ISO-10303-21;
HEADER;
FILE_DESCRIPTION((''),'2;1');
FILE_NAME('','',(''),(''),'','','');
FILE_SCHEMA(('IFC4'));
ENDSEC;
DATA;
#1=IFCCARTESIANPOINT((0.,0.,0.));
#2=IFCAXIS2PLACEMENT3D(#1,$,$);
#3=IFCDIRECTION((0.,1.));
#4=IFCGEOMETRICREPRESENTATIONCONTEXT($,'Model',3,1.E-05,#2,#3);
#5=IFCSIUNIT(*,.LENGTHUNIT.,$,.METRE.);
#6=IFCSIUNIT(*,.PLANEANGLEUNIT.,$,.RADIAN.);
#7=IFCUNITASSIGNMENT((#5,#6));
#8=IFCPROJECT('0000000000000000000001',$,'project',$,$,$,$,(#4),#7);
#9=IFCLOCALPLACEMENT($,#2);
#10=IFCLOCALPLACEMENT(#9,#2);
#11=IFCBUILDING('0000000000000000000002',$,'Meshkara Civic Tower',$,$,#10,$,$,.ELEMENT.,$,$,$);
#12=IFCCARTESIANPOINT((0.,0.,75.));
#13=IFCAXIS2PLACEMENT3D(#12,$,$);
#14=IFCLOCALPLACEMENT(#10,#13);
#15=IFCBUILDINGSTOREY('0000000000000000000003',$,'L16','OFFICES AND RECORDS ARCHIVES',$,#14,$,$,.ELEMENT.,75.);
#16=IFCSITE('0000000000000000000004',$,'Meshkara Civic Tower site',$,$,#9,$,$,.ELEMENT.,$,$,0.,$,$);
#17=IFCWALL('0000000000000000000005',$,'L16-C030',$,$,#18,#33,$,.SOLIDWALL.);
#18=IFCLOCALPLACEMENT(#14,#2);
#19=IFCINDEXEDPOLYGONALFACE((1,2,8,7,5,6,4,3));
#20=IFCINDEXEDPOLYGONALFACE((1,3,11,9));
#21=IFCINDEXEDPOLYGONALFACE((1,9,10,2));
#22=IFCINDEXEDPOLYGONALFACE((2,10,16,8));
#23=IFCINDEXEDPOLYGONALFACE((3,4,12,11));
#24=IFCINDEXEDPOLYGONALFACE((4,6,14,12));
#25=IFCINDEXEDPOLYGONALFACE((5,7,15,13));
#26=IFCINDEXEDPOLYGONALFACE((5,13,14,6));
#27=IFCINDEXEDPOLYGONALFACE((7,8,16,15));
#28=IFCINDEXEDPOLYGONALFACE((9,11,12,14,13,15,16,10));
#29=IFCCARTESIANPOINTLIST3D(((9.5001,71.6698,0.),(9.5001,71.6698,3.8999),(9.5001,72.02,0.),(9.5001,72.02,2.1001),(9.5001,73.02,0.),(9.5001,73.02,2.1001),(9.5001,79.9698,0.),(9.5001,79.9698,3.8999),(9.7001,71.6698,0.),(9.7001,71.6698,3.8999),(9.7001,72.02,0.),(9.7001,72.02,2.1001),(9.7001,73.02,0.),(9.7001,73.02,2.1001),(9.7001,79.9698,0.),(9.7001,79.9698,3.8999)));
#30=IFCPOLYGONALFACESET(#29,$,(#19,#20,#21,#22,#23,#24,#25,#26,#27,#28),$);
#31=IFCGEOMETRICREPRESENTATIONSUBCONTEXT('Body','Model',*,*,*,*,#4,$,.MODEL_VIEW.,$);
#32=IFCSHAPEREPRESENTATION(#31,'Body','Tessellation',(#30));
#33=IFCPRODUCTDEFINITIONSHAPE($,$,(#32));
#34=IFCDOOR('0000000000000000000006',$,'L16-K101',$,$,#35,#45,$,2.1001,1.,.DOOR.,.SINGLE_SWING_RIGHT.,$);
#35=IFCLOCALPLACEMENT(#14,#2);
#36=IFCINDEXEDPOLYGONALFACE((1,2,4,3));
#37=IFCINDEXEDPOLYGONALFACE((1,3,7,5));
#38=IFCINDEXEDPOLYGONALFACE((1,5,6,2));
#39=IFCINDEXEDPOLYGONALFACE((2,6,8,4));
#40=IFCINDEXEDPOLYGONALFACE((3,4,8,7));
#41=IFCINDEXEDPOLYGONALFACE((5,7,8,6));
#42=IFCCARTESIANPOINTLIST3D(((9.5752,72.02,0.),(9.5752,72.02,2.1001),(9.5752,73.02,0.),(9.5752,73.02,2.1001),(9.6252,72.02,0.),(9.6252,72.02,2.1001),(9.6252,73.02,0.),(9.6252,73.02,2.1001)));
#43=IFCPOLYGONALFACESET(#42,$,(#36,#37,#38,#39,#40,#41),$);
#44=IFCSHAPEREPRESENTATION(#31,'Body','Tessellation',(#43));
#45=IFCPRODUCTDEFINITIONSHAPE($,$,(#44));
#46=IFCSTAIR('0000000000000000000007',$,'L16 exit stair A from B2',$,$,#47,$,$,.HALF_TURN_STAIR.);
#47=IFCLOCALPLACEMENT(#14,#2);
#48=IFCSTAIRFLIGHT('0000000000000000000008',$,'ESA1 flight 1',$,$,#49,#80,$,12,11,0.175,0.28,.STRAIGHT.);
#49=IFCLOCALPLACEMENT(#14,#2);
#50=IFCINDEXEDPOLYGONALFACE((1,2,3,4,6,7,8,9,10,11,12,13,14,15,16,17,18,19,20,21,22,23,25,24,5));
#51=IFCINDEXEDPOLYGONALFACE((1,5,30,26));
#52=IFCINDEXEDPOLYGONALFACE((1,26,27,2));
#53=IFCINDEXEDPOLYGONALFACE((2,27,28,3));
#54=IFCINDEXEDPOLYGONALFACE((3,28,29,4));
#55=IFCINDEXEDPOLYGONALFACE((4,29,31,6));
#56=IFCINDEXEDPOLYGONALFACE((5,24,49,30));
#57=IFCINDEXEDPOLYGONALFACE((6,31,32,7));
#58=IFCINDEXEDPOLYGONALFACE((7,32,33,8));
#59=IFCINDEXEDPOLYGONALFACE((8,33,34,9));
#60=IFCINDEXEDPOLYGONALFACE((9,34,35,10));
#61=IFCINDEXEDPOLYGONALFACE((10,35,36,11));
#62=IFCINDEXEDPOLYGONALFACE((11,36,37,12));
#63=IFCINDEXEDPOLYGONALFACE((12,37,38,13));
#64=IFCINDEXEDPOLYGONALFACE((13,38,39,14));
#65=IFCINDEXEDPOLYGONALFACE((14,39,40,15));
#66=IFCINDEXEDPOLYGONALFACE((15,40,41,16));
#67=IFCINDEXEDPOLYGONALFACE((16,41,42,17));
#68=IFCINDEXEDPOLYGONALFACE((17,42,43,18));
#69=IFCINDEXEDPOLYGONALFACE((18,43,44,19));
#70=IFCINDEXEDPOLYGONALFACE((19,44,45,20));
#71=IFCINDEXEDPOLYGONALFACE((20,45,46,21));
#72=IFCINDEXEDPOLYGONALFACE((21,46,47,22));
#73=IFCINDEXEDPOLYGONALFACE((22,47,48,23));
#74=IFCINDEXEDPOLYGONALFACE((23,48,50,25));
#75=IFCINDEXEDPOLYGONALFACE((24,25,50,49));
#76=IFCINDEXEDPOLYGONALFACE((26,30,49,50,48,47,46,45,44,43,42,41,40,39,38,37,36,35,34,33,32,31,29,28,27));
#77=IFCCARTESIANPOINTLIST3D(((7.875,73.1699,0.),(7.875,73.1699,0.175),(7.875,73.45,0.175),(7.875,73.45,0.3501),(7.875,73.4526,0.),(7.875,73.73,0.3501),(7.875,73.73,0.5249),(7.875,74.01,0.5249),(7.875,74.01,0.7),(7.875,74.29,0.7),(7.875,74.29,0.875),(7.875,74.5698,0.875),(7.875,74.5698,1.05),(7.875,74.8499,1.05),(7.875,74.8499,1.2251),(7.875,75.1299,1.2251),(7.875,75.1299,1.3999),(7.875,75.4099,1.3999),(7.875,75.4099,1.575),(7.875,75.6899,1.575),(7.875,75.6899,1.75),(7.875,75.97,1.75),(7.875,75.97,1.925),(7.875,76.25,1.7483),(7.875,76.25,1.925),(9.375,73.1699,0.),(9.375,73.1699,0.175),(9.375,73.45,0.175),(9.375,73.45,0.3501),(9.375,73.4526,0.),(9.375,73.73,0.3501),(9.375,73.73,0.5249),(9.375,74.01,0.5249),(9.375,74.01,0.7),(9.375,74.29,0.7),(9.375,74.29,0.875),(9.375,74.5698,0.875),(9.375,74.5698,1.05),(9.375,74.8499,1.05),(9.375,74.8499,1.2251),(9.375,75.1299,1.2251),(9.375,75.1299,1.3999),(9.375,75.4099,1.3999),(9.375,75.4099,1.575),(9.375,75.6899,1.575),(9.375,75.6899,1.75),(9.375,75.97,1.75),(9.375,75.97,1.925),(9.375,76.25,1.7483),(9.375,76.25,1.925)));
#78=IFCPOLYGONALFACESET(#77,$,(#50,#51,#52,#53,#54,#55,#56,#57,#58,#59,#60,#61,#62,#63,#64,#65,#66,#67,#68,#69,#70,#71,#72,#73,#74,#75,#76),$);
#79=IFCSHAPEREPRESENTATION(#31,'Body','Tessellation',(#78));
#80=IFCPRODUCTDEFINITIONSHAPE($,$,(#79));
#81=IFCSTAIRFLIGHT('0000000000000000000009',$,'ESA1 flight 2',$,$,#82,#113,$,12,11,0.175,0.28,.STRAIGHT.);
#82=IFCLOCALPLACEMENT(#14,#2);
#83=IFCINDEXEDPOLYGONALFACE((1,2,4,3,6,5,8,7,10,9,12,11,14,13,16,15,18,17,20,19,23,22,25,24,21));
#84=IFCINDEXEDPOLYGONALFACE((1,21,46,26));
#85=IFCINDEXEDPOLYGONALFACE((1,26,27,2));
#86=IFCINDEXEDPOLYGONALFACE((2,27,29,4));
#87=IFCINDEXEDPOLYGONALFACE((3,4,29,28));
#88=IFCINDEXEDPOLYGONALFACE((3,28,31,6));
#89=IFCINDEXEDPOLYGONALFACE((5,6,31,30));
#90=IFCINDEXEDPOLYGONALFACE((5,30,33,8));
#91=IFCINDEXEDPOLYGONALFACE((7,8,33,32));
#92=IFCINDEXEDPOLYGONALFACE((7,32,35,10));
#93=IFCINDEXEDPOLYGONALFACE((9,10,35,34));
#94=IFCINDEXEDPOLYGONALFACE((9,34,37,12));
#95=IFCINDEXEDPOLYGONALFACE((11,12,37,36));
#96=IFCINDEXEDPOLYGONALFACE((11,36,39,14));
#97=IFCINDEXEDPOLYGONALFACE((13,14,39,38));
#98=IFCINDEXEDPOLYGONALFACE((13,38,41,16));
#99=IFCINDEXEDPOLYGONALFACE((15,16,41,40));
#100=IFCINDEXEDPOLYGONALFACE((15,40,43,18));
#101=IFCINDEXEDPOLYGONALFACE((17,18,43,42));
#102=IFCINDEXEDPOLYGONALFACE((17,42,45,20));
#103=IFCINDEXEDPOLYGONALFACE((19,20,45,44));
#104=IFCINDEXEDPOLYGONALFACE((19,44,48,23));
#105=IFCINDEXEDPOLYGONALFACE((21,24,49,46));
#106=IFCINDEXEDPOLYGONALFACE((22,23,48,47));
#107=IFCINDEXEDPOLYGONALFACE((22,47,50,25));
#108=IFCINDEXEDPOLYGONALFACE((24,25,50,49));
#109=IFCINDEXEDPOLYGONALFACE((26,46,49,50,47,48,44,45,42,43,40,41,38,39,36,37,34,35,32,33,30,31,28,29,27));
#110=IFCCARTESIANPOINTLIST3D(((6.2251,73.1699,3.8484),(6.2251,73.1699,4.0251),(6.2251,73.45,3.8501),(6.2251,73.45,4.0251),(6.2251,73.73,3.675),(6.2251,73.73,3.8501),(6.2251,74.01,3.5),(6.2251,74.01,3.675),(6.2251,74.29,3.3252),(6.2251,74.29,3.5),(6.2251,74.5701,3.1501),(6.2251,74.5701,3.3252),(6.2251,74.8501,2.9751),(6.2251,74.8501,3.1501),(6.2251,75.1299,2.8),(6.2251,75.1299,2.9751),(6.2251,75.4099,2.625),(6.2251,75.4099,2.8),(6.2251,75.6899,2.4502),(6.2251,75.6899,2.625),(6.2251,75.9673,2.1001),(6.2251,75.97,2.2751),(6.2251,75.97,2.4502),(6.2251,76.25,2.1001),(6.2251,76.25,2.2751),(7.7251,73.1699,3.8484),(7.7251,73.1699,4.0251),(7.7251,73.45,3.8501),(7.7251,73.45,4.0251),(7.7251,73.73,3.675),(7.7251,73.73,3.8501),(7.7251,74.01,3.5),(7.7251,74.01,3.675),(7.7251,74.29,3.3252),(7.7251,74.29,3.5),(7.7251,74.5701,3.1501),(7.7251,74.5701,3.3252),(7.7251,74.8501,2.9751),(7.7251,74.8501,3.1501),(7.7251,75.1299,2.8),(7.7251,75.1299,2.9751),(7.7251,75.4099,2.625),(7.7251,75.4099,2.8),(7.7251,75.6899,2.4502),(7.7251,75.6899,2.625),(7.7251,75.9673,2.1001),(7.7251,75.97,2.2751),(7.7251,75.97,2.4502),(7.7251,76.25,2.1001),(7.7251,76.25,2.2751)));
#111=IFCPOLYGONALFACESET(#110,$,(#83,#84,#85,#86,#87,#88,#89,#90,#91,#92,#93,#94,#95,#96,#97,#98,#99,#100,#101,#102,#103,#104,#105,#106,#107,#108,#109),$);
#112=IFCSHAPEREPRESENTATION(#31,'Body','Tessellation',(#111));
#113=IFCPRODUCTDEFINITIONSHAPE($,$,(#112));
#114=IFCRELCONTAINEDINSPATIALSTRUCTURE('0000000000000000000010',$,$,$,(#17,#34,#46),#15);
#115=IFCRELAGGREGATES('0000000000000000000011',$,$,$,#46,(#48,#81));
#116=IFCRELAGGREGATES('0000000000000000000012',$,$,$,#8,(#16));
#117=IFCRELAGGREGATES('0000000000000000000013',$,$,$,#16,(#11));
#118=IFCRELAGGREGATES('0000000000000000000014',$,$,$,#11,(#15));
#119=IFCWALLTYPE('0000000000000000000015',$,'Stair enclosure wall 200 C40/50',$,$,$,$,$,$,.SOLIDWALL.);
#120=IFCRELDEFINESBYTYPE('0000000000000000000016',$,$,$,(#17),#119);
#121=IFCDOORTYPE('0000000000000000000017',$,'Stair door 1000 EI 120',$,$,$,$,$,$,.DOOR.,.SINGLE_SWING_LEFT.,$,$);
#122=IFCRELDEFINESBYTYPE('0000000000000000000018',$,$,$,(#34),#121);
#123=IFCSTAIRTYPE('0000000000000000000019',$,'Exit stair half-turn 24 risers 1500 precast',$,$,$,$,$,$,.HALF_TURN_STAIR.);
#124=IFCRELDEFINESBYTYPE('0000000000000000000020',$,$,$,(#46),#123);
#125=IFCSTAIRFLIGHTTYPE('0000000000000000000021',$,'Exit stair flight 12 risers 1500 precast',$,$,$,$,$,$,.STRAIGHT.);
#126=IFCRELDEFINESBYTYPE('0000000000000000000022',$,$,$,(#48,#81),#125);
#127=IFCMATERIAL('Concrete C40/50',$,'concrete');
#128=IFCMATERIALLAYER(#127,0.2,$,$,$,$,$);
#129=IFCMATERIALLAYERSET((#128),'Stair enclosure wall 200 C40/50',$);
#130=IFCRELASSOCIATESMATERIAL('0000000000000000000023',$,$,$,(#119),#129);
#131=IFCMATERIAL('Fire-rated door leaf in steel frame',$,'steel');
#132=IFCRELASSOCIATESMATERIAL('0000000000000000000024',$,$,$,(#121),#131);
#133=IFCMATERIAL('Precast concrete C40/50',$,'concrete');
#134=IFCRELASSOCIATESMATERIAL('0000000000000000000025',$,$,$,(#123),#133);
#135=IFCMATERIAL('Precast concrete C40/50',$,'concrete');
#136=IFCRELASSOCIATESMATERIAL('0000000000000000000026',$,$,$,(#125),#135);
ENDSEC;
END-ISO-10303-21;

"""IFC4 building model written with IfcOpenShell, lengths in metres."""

from ifc_helpers import new_model, si_unit, direction, frame, frame_2d, origin, place, context, subcontext, project, spatial, polyline, rectangle, outline, extrude, material, layer, layer_set, type_object, element, fill, aggregate, save


model = new_model("IFC4")

# Units and contexts
model_context = context("Model", 3, precision=1e-05, world=origin(), true_north=direction((0.0, 1.0)))
body_context = subcontext(model_context, "Body", "Model", "MODEL_VIEW")
ifc_project = project(units=[si_unit("LENGTHUNIT", "METRE"), si_unit("PLANEANGLEUNIT", "RADIAN")], contexts=[model_context])

# Site, building, storey
site_placement = place(None, origin())
site = spatial("IfcSite", under=ifc_project, at=site_placement, Name="Meshkara Civic Tower site", CompositionType="ELEMENT", RefElevation=0.0)
building_placement = place(site_placement, origin())
building = spatial("IfcBuilding", under=site, at=building_placement, Name="Meshkara Civic Tower", CompositionType="ELEMENT")
storey_placement = place(building_placement, frame((0.0, 0.0, 75.0)))
storey = spatial("IfcBuildingStorey", under=building, at=storey_placement, Name="L16", Description="OFFICES AND RECORDS ARCHIVES", CompositionType="ELEMENT", Elevation=75.0)

# Wall, opening, door
ifc_material_1 = material(Name="Concrete C40/50", Category="concrete")
ifc_layer_1 = layer(ifc_material_1, 0.2)
ifc_layer_set_1 = layer_set([ifc_layer_1], Name="Stair enclosure wall 200 C40/50")
wall_type_1 = type_object("IfcWallType", Name="Stair enclosure wall 200 C40/50", PredefinedType="SOLIDWALL", material=ifc_layer_set_1)
wall_1_placement = place(storey_placement, frame((9.6001, 71.6699, 0.0), z_axis=(0.0, 0.0, 1.0), x_axis=(0.0, 1.0, 0.0)))
wall_1 = element("IfcWall", 1, at=wall_1_placement, inside=storey, type_object=wall_type_1, Name="L16-C030", PredefinedType="SOLIDWALL", context=body_context, shape_type="SweptSolid", body=[
    extrude(rectangle(XDim=8.3, YDim=0.2, at=frame_2d((4.1499, 0.0))), origin(), (0.0, 0.0, 1.0), 3.8999),
])
opening_1_placement = place(wall_1_placement, frame((0.3501, 0.0, 0.0)))
opening_1 = element("IfcOpeningElement", 2, at=opening_1_placement, cuts=wall_1, PredefinedType="OPENING", context=body_context, shape_type="SweptSolid", body=[
    extrude(rectangle(XDim=1.0, YDim=2.1001, at=frame_2d((0.5, 1.05))), frame((0.0, 0.1099, 0.0), z_axis=(0.0, -1.0, 0.0), x_axis=(1.0, 0.0, 0.0)), (0.0, 0.0, 1.0), 0.22),
])
ifc_material_2 = material(Name="Fire-rated door leaf in steel frame", Category="steel")
door_type_1 = type_object("IfcDoorType", Name="Stair door 1000 EI 120", OperationType="SINGLE_SWING_LEFT", PredefinedType="DOOR", material=ifc_material_2)
door_1_placement = place(opening_1_placement, origin())
door_1 = element("IfcDoor", 3, at=door_1_placement, inside=storey, type_object=door_type_1, Name="L16-K101", OperationType="SINGLE_SWING_RIGHT", OverallHeight=2.1001, OverallWidth=1.0, PredefinedType="DOOR", context=body_context, shape_type="SweptSolid", body=[
    extrude(rectangle(XDim=1.0, YDim=2.1001, at=frame_2d((0.5, 1.05))), frame((0.0, 0.0249, 0.0), z_axis=(0.0, -1.0, 0.0), x_axis=(1.0, 0.0, 0.0)), (0.0, 0.0, 1.0), 0.05),
])
fill(opening_1, door_1)

# Stair, stair flights
ifc_material_3 = material(Name="Precast concrete C40/50", Category="concrete")
stair_type = type_object("IfcStairType", Name="Exit stair half-turn 24 risers 1500 precast", PredefinedType="HALF_TURN_STAIR", material=ifc_material_3)
stair_placement = place(storey_placement, origin())
stair = element("IfcStair", 4, at=stair_placement, inside=storey, type_object=stair_type, Name="L16 exit stair A from B2", PredefinedType="HALF_TURN_STAIR")
ifc_material_4 = material(Name="Precast concrete C40/50", Category="concrete")
stair_flight_type = type_object("IfcStairFlightType", Name="Exit stair flight 12 risers 1500 precast", PredefinedType="STRAIGHT", material=ifc_material_4)
stair_flight_1_placement = place(storey_placement, frame((8.625, 73.1699, 0.0), z_axis=(0.0, 0.0, 1.0), x_axis=(0.0, 1.0, 0.0)))
stair_flight_1 = element("IfcStairFlight", 5, at=stair_flight_1_placement, type_object=stair_flight_type, Name="ESA1 flight 1", NumberOfRisers=12, NumberOfTreads=11, PredefinedType="STRAIGHT", RiserHeight=0.175, TreadLength=0.28, context=body_context, shape_type="SweptSolid", body=[
    extrude(outline(polyline([(0.0, 0.0), (0.0, 0.175), (0.28, 0.175), (0.28, 0.3501), (0.5601, 0.3501), (0.5601, 0.5249), (0.8401, 0.5249), (0.8401, 0.7), (1.1201, 0.7), (1.1201, 0.875), (1.3999, 0.875), (1.3999, 1.05), (1.6799, 1.05), (1.6799, 1.2251), (1.96, 1.2251), (1.96, 1.3999), (2.24, 1.3999), (2.24, 1.575), (2.52, 1.575), (2.52, 1.75), (2.8, 1.75), (2.8, 1.925), (3.0801, 1.925), (3.0801, 2.1001), (3.0801, 1.7483), (0.2827, 0.0), (0.0, 0.0)])), frame((0.0, 0.75, 0.0), z_axis=(0.0, -1.0, 0.0), x_axis=(1.0, 0.0, 0.0)), (0.0, 0.0, 1.0), 1.5),
])
stair_flight_2_placement = place(storey_placement, frame((6.9751, 76.25, 2.1001), z_axis=(0.0, 0.0, 1.0), x_axis=(0.0, -1.0, 0.0)))
stair_flight_2 = element("IfcStairFlight", 6, at=stair_flight_2_placement, type_object=stair_flight_type, Name="ESA1 flight 2", NumberOfRisers=12, NumberOfTreads=11, PredefinedType="STRAIGHT", RiserHeight=0.175, TreadLength=0.28, context=body_context, shape_type="SweptSolid", body=[
    extrude(outline(polyline([(0.0, 0.0), (0.0, 0.175), (0.28, 0.175), (0.28, 0.3501), (0.5601, 0.3501), (0.5601, 0.5249), (0.8401, 0.5249), (0.8401, 0.7), (1.1201, 0.7), (1.1201, 0.875), (1.3999, 0.875), (1.3999, 1.05), (1.6799, 1.05), (1.6799, 1.2251), (1.96, 1.2251), (1.96, 1.3999), (2.24, 1.3999), (2.24, 1.575), (2.52, 1.575), (2.52, 1.75), (2.8, 1.75), (2.8, 1.925), (3.0801, 1.925), (3.0801, 2.1001), (3.0801, 1.7483), (0.2827, 0.0), (0.0, 0.0)])), frame((0.0, 0.75, 0.0), z_axis=(0.0, -1.0, 0.0), x_axis=(1.0, 0.0, 0.0)), (0.0, 0.0, 1.0), 1.5),
])
aggregate(stair, [stair_flight_1, stair_flight_2])

save(model, "model.ifc")
